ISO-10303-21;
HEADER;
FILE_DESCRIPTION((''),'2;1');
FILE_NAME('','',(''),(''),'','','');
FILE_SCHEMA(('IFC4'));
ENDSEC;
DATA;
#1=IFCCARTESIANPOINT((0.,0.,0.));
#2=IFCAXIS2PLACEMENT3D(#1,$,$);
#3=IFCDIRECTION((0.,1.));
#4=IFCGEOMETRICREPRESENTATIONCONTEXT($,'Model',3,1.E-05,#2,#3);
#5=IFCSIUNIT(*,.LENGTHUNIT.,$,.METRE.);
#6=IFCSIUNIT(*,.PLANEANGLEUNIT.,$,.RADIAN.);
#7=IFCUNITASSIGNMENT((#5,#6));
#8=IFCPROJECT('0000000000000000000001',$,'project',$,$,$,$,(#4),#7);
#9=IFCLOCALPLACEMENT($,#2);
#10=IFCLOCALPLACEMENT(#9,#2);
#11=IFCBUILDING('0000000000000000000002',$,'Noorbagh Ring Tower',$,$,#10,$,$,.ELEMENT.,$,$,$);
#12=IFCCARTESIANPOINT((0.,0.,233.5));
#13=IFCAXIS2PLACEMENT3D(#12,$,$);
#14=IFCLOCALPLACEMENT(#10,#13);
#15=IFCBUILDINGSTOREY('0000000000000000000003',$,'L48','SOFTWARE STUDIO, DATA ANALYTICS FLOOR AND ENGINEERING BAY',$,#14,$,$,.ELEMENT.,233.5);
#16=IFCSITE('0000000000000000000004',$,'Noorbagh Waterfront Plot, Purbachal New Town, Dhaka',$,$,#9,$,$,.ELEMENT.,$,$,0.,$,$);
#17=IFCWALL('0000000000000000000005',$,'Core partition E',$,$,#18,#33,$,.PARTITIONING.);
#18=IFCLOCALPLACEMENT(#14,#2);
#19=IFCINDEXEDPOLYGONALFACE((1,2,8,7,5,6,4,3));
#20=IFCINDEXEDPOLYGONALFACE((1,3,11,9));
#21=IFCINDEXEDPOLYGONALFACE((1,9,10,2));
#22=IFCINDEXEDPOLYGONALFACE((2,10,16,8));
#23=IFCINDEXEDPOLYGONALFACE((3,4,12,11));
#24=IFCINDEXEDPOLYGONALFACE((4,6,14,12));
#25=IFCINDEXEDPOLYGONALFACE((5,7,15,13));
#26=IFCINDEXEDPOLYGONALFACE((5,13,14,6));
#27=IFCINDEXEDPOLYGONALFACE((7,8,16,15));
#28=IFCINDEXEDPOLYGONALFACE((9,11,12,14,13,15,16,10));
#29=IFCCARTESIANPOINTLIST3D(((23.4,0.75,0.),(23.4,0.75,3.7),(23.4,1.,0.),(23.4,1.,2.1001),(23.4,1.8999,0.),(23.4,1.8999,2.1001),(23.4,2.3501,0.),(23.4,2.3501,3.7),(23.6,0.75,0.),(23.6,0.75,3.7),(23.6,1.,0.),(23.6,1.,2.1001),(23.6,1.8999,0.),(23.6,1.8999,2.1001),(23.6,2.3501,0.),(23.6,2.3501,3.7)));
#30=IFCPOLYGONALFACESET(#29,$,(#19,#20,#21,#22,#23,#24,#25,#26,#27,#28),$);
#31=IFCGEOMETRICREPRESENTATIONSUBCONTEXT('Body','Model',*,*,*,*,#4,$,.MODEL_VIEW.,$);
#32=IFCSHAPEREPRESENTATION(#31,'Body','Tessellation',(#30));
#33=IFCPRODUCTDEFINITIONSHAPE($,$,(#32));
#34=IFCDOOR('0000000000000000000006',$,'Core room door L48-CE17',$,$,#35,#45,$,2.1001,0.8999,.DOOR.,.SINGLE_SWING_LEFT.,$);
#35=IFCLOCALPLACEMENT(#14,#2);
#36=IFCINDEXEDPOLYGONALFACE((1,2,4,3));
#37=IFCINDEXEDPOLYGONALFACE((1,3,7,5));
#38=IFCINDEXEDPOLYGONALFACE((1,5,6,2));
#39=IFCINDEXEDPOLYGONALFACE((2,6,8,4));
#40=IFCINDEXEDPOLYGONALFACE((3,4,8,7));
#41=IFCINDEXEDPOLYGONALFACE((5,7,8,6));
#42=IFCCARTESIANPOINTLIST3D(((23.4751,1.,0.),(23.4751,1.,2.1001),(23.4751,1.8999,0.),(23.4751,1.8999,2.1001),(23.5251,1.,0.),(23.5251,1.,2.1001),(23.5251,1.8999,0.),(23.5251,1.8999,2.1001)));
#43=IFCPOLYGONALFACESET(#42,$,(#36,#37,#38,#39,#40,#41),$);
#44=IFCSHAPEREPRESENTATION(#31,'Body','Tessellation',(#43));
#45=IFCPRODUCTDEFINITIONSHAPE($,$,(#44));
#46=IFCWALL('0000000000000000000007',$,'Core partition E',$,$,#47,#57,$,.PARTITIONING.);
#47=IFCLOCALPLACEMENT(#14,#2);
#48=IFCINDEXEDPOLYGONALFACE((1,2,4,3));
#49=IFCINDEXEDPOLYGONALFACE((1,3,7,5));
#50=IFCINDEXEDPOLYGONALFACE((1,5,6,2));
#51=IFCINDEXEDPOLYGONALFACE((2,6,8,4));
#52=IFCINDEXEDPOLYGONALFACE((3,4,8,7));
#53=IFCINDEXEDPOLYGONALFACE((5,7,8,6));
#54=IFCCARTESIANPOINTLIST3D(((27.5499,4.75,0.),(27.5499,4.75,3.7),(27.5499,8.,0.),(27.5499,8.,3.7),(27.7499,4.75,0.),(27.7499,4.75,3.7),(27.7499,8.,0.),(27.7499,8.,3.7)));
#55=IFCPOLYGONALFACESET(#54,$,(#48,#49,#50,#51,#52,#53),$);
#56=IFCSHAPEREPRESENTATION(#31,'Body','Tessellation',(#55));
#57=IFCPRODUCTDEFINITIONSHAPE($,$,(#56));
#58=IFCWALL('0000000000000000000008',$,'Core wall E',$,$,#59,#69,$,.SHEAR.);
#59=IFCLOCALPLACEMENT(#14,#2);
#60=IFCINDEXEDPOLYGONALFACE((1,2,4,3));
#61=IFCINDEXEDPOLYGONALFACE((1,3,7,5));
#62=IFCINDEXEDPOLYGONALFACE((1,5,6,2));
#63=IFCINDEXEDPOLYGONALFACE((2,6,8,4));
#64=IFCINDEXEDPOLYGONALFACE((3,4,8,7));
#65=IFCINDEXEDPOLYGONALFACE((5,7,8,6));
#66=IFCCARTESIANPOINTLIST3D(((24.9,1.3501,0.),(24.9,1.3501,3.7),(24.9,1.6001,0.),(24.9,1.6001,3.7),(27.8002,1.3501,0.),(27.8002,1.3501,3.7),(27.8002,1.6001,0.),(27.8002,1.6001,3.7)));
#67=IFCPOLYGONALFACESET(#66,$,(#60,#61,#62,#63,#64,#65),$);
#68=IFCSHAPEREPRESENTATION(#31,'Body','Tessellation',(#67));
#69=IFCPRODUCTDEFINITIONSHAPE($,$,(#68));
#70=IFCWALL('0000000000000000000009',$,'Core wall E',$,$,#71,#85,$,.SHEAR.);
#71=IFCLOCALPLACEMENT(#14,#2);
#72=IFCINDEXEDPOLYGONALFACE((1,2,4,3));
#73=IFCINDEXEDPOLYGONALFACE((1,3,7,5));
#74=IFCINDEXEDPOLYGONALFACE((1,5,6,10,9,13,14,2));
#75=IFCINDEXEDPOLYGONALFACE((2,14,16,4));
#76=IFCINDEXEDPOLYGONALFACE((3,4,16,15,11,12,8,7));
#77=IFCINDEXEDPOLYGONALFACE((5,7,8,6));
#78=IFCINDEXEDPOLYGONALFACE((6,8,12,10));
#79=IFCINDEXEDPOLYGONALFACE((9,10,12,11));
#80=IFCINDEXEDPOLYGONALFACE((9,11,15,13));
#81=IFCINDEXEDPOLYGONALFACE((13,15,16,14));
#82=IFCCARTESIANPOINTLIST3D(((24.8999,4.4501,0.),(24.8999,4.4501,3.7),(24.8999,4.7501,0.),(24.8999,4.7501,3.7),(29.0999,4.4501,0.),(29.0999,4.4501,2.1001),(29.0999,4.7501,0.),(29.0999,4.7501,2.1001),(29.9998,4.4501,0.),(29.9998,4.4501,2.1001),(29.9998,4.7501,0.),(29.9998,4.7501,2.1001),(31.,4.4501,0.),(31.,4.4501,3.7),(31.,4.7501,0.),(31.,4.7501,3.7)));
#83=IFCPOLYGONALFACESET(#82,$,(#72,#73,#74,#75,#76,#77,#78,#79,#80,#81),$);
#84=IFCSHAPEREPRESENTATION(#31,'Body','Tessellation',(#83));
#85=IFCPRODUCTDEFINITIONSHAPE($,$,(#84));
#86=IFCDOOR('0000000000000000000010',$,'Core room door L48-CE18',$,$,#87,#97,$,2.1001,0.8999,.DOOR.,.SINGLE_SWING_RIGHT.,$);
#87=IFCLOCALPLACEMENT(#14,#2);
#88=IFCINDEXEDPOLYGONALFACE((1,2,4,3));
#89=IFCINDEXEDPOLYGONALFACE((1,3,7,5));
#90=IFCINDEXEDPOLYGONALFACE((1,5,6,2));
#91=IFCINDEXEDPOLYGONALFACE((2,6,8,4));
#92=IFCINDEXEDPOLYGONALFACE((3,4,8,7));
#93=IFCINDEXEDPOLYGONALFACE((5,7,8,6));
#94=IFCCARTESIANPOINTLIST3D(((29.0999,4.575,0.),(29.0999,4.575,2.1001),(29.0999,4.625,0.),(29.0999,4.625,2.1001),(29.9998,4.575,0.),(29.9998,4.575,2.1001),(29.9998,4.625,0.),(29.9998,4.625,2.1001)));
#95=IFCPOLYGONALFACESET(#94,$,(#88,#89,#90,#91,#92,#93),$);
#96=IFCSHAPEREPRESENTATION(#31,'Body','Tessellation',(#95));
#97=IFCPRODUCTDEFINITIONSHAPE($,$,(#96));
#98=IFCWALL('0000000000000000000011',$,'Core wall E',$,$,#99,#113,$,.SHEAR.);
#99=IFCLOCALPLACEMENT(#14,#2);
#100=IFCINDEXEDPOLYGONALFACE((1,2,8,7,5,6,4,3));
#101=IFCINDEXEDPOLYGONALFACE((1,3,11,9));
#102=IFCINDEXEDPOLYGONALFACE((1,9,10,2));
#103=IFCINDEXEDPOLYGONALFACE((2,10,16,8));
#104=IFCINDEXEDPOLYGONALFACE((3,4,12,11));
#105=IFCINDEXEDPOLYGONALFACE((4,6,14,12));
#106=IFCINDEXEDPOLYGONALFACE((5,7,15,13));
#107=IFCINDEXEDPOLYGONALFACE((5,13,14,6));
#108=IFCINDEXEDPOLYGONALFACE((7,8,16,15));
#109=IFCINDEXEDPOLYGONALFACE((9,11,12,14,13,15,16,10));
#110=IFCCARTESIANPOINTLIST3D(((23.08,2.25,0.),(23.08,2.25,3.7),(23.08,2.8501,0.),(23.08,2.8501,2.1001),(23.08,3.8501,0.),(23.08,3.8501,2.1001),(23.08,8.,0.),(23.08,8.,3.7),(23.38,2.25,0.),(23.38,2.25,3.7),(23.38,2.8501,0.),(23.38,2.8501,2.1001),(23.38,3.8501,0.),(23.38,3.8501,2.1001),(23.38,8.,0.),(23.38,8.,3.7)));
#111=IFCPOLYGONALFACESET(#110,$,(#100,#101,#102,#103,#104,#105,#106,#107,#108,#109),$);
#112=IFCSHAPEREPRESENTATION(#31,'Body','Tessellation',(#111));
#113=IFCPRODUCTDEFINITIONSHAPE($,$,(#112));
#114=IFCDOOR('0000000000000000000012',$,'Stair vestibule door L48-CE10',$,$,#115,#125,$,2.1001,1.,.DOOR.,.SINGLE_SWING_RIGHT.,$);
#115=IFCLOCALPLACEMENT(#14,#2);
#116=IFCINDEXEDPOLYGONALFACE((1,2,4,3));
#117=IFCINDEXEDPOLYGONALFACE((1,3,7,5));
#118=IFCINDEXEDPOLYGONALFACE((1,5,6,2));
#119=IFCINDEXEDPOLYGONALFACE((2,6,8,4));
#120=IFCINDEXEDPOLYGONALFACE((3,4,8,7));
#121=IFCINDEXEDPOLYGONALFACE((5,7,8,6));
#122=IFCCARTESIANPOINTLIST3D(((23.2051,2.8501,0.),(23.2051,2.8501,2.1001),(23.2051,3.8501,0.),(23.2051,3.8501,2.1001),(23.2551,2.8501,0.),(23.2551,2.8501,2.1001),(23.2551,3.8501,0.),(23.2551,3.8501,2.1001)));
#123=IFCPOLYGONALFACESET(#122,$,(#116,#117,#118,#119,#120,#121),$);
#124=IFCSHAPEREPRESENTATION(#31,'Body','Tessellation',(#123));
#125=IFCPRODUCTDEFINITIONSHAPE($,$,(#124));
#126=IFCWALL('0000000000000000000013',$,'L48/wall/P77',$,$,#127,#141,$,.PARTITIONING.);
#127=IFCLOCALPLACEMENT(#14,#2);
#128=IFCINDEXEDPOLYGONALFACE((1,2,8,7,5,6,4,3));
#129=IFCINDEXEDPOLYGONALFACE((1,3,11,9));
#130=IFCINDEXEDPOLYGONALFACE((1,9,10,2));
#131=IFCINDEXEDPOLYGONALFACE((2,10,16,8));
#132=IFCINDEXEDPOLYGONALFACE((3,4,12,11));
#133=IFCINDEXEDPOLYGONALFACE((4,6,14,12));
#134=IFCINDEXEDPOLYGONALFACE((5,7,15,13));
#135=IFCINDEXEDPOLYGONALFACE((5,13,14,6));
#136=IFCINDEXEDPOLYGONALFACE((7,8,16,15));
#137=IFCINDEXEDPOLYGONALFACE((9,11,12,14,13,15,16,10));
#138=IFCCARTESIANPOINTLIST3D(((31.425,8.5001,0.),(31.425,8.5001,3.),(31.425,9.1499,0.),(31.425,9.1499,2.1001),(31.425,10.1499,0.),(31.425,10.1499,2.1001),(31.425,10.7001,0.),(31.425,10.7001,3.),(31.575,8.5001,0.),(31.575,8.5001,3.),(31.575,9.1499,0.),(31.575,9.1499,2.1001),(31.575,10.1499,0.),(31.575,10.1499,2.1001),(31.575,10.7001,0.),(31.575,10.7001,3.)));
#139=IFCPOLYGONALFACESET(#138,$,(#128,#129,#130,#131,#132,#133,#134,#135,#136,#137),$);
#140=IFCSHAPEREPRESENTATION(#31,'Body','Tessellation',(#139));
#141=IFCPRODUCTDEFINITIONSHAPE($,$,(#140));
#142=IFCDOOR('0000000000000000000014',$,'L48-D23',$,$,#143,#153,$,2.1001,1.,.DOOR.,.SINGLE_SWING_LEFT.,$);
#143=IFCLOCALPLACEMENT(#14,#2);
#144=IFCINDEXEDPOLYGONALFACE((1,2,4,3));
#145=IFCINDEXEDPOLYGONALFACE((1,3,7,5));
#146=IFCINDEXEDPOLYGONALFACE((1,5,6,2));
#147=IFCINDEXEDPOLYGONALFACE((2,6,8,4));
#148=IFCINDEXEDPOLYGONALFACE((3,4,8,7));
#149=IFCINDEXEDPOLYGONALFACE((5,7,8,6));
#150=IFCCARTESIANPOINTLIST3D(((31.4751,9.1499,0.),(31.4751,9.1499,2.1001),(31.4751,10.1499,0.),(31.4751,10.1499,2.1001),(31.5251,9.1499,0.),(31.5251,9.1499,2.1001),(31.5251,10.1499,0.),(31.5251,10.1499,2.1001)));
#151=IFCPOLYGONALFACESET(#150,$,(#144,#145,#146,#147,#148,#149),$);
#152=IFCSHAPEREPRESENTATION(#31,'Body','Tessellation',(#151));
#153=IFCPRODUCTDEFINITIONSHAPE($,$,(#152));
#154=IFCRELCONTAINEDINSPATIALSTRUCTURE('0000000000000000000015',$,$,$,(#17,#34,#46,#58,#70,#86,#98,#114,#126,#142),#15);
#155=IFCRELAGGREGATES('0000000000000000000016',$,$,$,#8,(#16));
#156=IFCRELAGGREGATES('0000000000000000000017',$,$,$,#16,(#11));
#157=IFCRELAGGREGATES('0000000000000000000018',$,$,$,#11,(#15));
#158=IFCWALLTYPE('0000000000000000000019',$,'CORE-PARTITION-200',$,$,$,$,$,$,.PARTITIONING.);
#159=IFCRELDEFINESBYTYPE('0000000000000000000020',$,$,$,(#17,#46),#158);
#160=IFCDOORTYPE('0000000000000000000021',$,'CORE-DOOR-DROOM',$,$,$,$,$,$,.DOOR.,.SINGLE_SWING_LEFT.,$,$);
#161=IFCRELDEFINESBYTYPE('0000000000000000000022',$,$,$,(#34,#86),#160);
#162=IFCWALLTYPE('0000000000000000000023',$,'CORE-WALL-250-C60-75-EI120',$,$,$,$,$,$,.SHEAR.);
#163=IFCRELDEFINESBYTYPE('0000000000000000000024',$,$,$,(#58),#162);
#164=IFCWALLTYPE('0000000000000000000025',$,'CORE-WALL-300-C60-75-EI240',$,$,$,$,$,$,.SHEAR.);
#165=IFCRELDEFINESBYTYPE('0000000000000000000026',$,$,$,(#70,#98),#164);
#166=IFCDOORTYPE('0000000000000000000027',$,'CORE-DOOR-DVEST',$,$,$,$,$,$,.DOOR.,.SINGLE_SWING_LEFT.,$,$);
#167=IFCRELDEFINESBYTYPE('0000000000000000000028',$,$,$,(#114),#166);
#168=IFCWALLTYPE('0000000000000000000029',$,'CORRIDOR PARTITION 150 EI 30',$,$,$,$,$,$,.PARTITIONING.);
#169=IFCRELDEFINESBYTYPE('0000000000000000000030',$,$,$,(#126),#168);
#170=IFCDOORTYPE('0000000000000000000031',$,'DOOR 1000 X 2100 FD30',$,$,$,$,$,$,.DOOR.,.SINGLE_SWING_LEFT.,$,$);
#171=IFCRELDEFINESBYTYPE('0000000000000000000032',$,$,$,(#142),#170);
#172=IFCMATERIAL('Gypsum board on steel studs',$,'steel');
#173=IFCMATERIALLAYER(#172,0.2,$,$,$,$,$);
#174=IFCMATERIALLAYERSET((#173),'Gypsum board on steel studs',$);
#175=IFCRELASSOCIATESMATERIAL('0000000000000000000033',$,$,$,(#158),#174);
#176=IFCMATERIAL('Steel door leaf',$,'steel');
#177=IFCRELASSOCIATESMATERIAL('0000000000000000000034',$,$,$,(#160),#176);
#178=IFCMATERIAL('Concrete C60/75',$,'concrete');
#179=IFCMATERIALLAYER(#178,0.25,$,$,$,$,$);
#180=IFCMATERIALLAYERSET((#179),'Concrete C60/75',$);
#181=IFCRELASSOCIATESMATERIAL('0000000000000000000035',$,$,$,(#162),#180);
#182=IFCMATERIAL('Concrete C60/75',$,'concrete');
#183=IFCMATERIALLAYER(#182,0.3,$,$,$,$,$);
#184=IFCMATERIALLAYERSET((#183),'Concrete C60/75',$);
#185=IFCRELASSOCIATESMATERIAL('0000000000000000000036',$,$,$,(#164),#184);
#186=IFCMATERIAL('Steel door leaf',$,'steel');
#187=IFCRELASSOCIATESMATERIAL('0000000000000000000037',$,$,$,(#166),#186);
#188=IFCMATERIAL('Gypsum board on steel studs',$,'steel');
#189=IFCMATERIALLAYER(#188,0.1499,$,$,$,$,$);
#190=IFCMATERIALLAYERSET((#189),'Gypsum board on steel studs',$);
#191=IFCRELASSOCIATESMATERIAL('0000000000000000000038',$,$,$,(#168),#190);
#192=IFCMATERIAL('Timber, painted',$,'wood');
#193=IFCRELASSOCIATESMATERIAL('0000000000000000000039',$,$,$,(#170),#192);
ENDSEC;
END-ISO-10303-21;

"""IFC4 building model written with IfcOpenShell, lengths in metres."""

from ifc_helpers import new_model, si_unit, direction, frame, frame_2d, origin, place, context, subcontext, project, spatial, rectangle, extrude, material, layer, layer_set, type_object, element, fill, save


model = new_model("IFC4")

# Units and contexts
model_context = context("Model", 3, precision=1e-05, world=origin(), true_north=direction((0.0, 1.0)))
body_context = subcontext(model_context, "Body", "Model", "MODEL_VIEW")
ifc_project = project(units=[si_unit("LENGTHUNIT", "METRE"), si_unit("PLANEANGLEUNIT", "RADIAN")], contexts=[model_context])

# Site, building, storey
site_placement = place(None, origin())
site = spatial("IfcSite", under=ifc_project, at=site_placement, Name="Noorbagh Waterfront Plot, Purbachal New Town, Dhaka", CompositionType="ELEMENT", RefElevation=0.0)
building_placement = place(site_placement, origin())
building = spatial("IfcBuilding", under=site, at=building_placement, Name="Noorbagh Ring Tower", CompositionType="ELEMENT")
storey_placement = place(building_placement, frame((0.0, 0.0, 233.5)))
storey = spatial("IfcBuildingStorey", under=building, at=storey_placement, Name="L48", Description="SOFTWARE STUDIO, DATA ANALYTICS FLOOR AND ENGINEERING BAY", CompositionType="ELEMENT", Elevation=233.5)

# Shared definitions
ifc_material_1 = material(Name="Gypsum board on steel studs", Category="steel")
ifc_layer_1 = layer(ifc_material_1, 0.2)
ifc_layer_set_1 = layer_set([ifc_layer_1], Name="Gypsum board on steel studs")
wall_type_1 = type_object("IfcWallType", Name="CORE-PARTITION-200", PredefinedType="PARTITIONING", material=ifc_layer_set_1)

# Wall, opening, door
wall_1_placement = place(storey_placement, frame((23.5, 0.75, 0.0), z_axis=(0.0, 0.0, 1.0), x_axis=(0.0, 1.0, 0.0)))
wall_1 = element("IfcWall", 1, at=wall_1_placement, inside=storey, type_object=wall_type_1, Name="Core partition E", PredefinedType="PARTITIONING", context=body_context, shape_type="SweptSolid", body=[
    extrude(rectangle(XDim=1.6001, YDim=0.2, at=frame_2d((0.8, 0.0))), origin(), (0.0, 0.0, 1.0), 3.7),
])
opening_1_placement = place(wall_1_placement, frame((0.25, 0.0, 0.0)))
opening_1 = element("IfcOpeningElement", 2, at=opening_1_placement, cuts=wall_1, PredefinedType="OPENING", context=body_context, shape_type="SweptSolid", body=[
    extrude(rectangle(XDim=0.8999, YDim=2.1001, at=frame_2d((0.45, 1.05))), frame((0.0, 0.1099, 0.0), z_axis=(0.0, -1.0, 0.0), x_axis=(1.0, 0.0, 0.0)), (0.0, 0.0, 1.0), 0.22),
])
ifc_material_2 = material(Name="Steel door leaf", Category="steel")
door_type_1 = type_object("IfcDoorType", Name="CORE-DOOR-DROOM", OperationType="SINGLE_SWING_LEFT", PredefinedType="DOOR", material=ifc_material_2)
door_1_placement = place(opening_1_placement, origin())
door_1 = element("IfcDoor", 3, at=door_1_placement, inside=storey, type_object=door_type_1, Name="Core room door L48-CE17", OperationType="SINGLE_SWING_LEFT", OverallHeight=2.1001, OverallWidth=0.8999, PredefinedType="DOOR", context=body_context, shape_type="SweptSolid", body=[
    extrude(rectangle(XDim=0.8999, YDim=2.1001, at=frame_2d((0.45, 1.05))), frame((0.0, 0.0249, 0.0), z_axis=(0.0, -1.0, 0.0), x_axis=(1.0, 0.0, 0.0)), (0.0, 0.0, 1.0), 0.05),
])
fill(opening_1, door_1)

# Walls
wall_2_placement = place(storey_placement, frame((27.6499, 4.75, 0.0), z_axis=(0.0, 0.0, 1.0), x_axis=(0.0, 1.0, 0.0)))
element("IfcWall", 4, at=wall_2_placement, inside=storey, type_object=wall_type_1, Name="Core partition E", PredefinedType="PARTITIONING", context=body_context, shape_type="SweptSolid", body=[
    extrude(rectangle(XDim=3.25, YDim=0.2, at=frame_2d((1.625, 0.0))), origin(), (0.0, 0.0, 1.0), 3.7),
])
ifc_material_3 = material(Name="Concrete C60/75", Category="concrete")
ifc_layer_2 = layer(ifc_material_3, 0.25)
ifc_layer_set_2 = layer_set([ifc_layer_2], Name="Concrete C60/75")
wall_type_2 = type_object("IfcWallType", Name="CORE-WALL-250-C60-75-EI120", PredefinedType="SHEAR", material=ifc_layer_set_2)
wall_3_placement = place(storey_placement, frame((24.8999, 1.4751, 0.0), z_axis=(0.0, 0.0, 1.0), x_axis=(1.0, 0.0, 0.0)))
element("IfcWall", 5, at=wall_3_placement, inside=storey, type_object=wall_type_2, Name="Core wall E", PredefinedType="SHEAR", context=body_context, shape_type="SweptSolid", body=[
    extrude(rectangle(XDim=2.9001, YDim=0.25, at=frame_2d((1.4502, 0.0))), origin(), (0.0, 0.0, 1.0), 3.7),
])

# Walls, openings, doors
ifc_material_4 = material(Name="Concrete C60/75", Category="concrete")
ifc_layer_3 = layer(ifc_material_4, 0.3)
ifc_layer_set_3 = layer_set([ifc_layer_3], Name="Concrete C60/75")
wall_type_3 = type_object("IfcWallType", Name="CORE-WALL-300-C60-75-EI240", PredefinedType="SHEAR", material=ifc_layer_set_3)
wall_4_placement = place(storey_placement, frame((24.8999, 4.6001, 0.0), z_axis=(0.0, 0.0, 1.0), x_axis=(1.0, 0.0, 0.0)))
wall_4 = element("IfcWall", 6, at=wall_4_placement, inside=storey, type_object=wall_type_3, Name="Core wall E", PredefinedType="SHEAR", context=body_context, shape_type="SweptSolid", body=[
    extrude(rectangle(XDim=6.1001, YDim=0.3, at=frame_2d((3.05, 0.0))), origin(), (0.0, 0.0, 1.0), 3.7),
])
opening_2_placement = place(wall_4_placement, frame((4.2, 0.0, 0.0)))
opening_2 = element("IfcOpeningElement", 7, at=opening_2_placement, cuts=wall_4, PredefinedType="OPENING", context=body_context, shape_type="SweptSolid", body=[
    extrude(rectangle(XDim=0.8999, YDim=2.1001, at=frame_2d((0.45, 1.05))), frame((0.0, 0.1602, 0.0), z_axis=(0.0, -1.0, 0.0), x_axis=(1.0, 0.0, 0.0)), (0.0, 0.0, 1.0), 0.3201),
])
door_2_placement = place(opening_2_placement, origin())
door_2 = element("IfcDoor", 8, at=door_2_placement, inside=storey, type_object=door_type_1, Name="Core room door L48-CE18", OperationType="SINGLE_SWING_RIGHT", OverallHeight=2.1001, OverallWidth=0.8999, PredefinedType="DOOR", context=body_context, shape_type="SweptSolid", body=[
    extrude(rectangle(XDim=0.8999, YDim=2.1001, at=frame_2d((0.45, 1.05))), frame((0.0, 0.0249, 0.0), z_axis=(0.0, -1.0, 0.0), x_axis=(1.0, 0.0, 0.0)), (0.0, 0.0, 1.0), 0.05),
])
fill(opening_2, door_2)
wall_5_placement = place(storey_placement, frame((23.23, 2.25, 0.0), z_axis=(0.0, 0.0, 1.0), x_axis=(0.0, 1.0, 0.0)))
wall_5 = element("IfcWall", 9, at=wall_5_placement, inside=storey, type_object=wall_type_3, Name="Core wall E", PredefinedType="SHEAR", context=body_context, shape_type="SweptSolid", body=[
    extrude(rectangle(XDim=5.75, YDim=0.3, at=frame_2d((2.875, 0.0))), origin(), (0.0, 0.0, 1.0), 3.7),
])
opening_3_placement = place(wall_5_placement, frame((0.6001, 0.0, 0.0)))
opening_3 = element("IfcOpeningElement", 10, at=opening_3_placement, cuts=wall_5, PredefinedType="OPENING", context=body_context, shape_type="SweptSolid", body=[
    extrude(rectangle(XDim=1.0, YDim=2.1001, at=frame_2d((0.5, 1.05))), frame((0.0, 0.1602, 0.0), z_axis=(0.0, -1.0, 0.0), x_axis=(1.0, 0.0, 0.0)), (0.0, 0.0, 1.0), 0.3201),
])
ifc_material_5 = material(Name="Steel door leaf", Category="steel")
door_type_2 = type_object("IfcDoorType", Name="CORE-DOOR-DVEST", OperationType="SINGLE_SWING_LEFT", PredefinedType="DOOR", material=ifc_material_5)
door_3_placement = place(opening_3_placement, origin())
door_3 = element("IfcDoor", 11, at=door_3_placement, inside=storey, type_object=door_type_2, Name="Stair vestibule door L48-CE10", OperationType="SINGLE_SWING_RIGHT", OverallHeight=2.1001, OverallWidth=1.0, PredefinedType="DOOR", context=body_context, shape_type="SweptSolid", body=[
    extrude(rectangle(XDim=1.0, YDim=2.1001, at=frame_2d((0.5, 1.05))), frame((0.0, 0.0249, 0.0), z_axis=(0.0, -1.0, 0.0), x_axis=(1.0, 0.0, 0.0)), (0.0, 0.0, 1.0), 0.05),
])
fill(opening_3, door_3)
ifc_material_6 = material(Name="Gypsum board on steel studs", Category="steel")
ifc_layer_4 = layer(ifc_material_6, 0.1499)
ifc_layer_set_4 = layer_set([ifc_layer_4], Name="Gypsum board on steel studs")
wall_type_4 = type_object("IfcWallType", Name="CORRIDOR PARTITION 150 EI 30", PredefinedType="PARTITIONING", material=ifc_layer_set_4)
wall_6_placement = place(storey_placement, frame((31.5, 8.5, 0.0), z_axis=(0.0, 0.0, 1.0), x_axis=(0.0, 1.0, 0.0)))
wall_6 = element("IfcWall", 12, at=wall_6_placement, inside=storey, type_object=wall_type_4, Name="L48/wall/P77", PredefinedType="PARTITIONING", context=body_context, shape_type="SweptSolid", body=[
    extrude(rectangle(XDim=2.2, YDim=0.1499, at=frame_2d((1.1001, 0.0))), origin(), (0.0, 0.0, 1.0), 3.0),
])
opening_4_placement = place(wall_6_placement, frame((0.6499, 0.0, 0.0)))
opening_4 = element("IfcOpeningElement", 13, at=opening_4_placement, cuts=wall_6, PredefinedType="OPENING", context=body_context, shape_type="SweptSolid", body=[
    extrude(rectangle(XDim=1.0, YDim=2.1001, at=frame_2d((0.5, 1.05))), frame((0.0, 0.085, 0.0), z_axis=(0.0, -1.0, 0.0), x_axis=(1.0, 0.0, 0.0)), (0.0, 0.0, 1.0), 0.1699),
])
ifc_material_7 = material(Name="Timber, painted", Category="wood")
door_type_3 = type_object("IfcDoorType", Name="DOOR 1000 X 2100 FD30", OperationType="SINGLE_SWING_LEFT", PredefinedType="DOOR", material=ifc_material_7)
door_4_placement = place(opening_4_placement, origin())
door_4 = element("IfcDoor", 14, at=door_4_placement, inside=storey, type_object=door_type_3, Name="L48-D23", OperationType="SINGLE_SWING_LEFT", OverallHeight=2.1001, OverallWidth=1.0, PredefinedType="DOOR", context=body_context, shape_type="SweptSolid", body=[
    extrude(rectangle(XDim=1.0, YDim=2.1001, at=frame_2d((0.5, 1.05))), frame((0.0, 0.0249, 0.0), z_axis=(0.0, -1.0, 0.0), x_axis=(1.0, 0.0, 0.0)), (0.0, 0.0, 1.0), 0.05),
])
fill(opening_4, door_4)

save(model, "model.ifc")
